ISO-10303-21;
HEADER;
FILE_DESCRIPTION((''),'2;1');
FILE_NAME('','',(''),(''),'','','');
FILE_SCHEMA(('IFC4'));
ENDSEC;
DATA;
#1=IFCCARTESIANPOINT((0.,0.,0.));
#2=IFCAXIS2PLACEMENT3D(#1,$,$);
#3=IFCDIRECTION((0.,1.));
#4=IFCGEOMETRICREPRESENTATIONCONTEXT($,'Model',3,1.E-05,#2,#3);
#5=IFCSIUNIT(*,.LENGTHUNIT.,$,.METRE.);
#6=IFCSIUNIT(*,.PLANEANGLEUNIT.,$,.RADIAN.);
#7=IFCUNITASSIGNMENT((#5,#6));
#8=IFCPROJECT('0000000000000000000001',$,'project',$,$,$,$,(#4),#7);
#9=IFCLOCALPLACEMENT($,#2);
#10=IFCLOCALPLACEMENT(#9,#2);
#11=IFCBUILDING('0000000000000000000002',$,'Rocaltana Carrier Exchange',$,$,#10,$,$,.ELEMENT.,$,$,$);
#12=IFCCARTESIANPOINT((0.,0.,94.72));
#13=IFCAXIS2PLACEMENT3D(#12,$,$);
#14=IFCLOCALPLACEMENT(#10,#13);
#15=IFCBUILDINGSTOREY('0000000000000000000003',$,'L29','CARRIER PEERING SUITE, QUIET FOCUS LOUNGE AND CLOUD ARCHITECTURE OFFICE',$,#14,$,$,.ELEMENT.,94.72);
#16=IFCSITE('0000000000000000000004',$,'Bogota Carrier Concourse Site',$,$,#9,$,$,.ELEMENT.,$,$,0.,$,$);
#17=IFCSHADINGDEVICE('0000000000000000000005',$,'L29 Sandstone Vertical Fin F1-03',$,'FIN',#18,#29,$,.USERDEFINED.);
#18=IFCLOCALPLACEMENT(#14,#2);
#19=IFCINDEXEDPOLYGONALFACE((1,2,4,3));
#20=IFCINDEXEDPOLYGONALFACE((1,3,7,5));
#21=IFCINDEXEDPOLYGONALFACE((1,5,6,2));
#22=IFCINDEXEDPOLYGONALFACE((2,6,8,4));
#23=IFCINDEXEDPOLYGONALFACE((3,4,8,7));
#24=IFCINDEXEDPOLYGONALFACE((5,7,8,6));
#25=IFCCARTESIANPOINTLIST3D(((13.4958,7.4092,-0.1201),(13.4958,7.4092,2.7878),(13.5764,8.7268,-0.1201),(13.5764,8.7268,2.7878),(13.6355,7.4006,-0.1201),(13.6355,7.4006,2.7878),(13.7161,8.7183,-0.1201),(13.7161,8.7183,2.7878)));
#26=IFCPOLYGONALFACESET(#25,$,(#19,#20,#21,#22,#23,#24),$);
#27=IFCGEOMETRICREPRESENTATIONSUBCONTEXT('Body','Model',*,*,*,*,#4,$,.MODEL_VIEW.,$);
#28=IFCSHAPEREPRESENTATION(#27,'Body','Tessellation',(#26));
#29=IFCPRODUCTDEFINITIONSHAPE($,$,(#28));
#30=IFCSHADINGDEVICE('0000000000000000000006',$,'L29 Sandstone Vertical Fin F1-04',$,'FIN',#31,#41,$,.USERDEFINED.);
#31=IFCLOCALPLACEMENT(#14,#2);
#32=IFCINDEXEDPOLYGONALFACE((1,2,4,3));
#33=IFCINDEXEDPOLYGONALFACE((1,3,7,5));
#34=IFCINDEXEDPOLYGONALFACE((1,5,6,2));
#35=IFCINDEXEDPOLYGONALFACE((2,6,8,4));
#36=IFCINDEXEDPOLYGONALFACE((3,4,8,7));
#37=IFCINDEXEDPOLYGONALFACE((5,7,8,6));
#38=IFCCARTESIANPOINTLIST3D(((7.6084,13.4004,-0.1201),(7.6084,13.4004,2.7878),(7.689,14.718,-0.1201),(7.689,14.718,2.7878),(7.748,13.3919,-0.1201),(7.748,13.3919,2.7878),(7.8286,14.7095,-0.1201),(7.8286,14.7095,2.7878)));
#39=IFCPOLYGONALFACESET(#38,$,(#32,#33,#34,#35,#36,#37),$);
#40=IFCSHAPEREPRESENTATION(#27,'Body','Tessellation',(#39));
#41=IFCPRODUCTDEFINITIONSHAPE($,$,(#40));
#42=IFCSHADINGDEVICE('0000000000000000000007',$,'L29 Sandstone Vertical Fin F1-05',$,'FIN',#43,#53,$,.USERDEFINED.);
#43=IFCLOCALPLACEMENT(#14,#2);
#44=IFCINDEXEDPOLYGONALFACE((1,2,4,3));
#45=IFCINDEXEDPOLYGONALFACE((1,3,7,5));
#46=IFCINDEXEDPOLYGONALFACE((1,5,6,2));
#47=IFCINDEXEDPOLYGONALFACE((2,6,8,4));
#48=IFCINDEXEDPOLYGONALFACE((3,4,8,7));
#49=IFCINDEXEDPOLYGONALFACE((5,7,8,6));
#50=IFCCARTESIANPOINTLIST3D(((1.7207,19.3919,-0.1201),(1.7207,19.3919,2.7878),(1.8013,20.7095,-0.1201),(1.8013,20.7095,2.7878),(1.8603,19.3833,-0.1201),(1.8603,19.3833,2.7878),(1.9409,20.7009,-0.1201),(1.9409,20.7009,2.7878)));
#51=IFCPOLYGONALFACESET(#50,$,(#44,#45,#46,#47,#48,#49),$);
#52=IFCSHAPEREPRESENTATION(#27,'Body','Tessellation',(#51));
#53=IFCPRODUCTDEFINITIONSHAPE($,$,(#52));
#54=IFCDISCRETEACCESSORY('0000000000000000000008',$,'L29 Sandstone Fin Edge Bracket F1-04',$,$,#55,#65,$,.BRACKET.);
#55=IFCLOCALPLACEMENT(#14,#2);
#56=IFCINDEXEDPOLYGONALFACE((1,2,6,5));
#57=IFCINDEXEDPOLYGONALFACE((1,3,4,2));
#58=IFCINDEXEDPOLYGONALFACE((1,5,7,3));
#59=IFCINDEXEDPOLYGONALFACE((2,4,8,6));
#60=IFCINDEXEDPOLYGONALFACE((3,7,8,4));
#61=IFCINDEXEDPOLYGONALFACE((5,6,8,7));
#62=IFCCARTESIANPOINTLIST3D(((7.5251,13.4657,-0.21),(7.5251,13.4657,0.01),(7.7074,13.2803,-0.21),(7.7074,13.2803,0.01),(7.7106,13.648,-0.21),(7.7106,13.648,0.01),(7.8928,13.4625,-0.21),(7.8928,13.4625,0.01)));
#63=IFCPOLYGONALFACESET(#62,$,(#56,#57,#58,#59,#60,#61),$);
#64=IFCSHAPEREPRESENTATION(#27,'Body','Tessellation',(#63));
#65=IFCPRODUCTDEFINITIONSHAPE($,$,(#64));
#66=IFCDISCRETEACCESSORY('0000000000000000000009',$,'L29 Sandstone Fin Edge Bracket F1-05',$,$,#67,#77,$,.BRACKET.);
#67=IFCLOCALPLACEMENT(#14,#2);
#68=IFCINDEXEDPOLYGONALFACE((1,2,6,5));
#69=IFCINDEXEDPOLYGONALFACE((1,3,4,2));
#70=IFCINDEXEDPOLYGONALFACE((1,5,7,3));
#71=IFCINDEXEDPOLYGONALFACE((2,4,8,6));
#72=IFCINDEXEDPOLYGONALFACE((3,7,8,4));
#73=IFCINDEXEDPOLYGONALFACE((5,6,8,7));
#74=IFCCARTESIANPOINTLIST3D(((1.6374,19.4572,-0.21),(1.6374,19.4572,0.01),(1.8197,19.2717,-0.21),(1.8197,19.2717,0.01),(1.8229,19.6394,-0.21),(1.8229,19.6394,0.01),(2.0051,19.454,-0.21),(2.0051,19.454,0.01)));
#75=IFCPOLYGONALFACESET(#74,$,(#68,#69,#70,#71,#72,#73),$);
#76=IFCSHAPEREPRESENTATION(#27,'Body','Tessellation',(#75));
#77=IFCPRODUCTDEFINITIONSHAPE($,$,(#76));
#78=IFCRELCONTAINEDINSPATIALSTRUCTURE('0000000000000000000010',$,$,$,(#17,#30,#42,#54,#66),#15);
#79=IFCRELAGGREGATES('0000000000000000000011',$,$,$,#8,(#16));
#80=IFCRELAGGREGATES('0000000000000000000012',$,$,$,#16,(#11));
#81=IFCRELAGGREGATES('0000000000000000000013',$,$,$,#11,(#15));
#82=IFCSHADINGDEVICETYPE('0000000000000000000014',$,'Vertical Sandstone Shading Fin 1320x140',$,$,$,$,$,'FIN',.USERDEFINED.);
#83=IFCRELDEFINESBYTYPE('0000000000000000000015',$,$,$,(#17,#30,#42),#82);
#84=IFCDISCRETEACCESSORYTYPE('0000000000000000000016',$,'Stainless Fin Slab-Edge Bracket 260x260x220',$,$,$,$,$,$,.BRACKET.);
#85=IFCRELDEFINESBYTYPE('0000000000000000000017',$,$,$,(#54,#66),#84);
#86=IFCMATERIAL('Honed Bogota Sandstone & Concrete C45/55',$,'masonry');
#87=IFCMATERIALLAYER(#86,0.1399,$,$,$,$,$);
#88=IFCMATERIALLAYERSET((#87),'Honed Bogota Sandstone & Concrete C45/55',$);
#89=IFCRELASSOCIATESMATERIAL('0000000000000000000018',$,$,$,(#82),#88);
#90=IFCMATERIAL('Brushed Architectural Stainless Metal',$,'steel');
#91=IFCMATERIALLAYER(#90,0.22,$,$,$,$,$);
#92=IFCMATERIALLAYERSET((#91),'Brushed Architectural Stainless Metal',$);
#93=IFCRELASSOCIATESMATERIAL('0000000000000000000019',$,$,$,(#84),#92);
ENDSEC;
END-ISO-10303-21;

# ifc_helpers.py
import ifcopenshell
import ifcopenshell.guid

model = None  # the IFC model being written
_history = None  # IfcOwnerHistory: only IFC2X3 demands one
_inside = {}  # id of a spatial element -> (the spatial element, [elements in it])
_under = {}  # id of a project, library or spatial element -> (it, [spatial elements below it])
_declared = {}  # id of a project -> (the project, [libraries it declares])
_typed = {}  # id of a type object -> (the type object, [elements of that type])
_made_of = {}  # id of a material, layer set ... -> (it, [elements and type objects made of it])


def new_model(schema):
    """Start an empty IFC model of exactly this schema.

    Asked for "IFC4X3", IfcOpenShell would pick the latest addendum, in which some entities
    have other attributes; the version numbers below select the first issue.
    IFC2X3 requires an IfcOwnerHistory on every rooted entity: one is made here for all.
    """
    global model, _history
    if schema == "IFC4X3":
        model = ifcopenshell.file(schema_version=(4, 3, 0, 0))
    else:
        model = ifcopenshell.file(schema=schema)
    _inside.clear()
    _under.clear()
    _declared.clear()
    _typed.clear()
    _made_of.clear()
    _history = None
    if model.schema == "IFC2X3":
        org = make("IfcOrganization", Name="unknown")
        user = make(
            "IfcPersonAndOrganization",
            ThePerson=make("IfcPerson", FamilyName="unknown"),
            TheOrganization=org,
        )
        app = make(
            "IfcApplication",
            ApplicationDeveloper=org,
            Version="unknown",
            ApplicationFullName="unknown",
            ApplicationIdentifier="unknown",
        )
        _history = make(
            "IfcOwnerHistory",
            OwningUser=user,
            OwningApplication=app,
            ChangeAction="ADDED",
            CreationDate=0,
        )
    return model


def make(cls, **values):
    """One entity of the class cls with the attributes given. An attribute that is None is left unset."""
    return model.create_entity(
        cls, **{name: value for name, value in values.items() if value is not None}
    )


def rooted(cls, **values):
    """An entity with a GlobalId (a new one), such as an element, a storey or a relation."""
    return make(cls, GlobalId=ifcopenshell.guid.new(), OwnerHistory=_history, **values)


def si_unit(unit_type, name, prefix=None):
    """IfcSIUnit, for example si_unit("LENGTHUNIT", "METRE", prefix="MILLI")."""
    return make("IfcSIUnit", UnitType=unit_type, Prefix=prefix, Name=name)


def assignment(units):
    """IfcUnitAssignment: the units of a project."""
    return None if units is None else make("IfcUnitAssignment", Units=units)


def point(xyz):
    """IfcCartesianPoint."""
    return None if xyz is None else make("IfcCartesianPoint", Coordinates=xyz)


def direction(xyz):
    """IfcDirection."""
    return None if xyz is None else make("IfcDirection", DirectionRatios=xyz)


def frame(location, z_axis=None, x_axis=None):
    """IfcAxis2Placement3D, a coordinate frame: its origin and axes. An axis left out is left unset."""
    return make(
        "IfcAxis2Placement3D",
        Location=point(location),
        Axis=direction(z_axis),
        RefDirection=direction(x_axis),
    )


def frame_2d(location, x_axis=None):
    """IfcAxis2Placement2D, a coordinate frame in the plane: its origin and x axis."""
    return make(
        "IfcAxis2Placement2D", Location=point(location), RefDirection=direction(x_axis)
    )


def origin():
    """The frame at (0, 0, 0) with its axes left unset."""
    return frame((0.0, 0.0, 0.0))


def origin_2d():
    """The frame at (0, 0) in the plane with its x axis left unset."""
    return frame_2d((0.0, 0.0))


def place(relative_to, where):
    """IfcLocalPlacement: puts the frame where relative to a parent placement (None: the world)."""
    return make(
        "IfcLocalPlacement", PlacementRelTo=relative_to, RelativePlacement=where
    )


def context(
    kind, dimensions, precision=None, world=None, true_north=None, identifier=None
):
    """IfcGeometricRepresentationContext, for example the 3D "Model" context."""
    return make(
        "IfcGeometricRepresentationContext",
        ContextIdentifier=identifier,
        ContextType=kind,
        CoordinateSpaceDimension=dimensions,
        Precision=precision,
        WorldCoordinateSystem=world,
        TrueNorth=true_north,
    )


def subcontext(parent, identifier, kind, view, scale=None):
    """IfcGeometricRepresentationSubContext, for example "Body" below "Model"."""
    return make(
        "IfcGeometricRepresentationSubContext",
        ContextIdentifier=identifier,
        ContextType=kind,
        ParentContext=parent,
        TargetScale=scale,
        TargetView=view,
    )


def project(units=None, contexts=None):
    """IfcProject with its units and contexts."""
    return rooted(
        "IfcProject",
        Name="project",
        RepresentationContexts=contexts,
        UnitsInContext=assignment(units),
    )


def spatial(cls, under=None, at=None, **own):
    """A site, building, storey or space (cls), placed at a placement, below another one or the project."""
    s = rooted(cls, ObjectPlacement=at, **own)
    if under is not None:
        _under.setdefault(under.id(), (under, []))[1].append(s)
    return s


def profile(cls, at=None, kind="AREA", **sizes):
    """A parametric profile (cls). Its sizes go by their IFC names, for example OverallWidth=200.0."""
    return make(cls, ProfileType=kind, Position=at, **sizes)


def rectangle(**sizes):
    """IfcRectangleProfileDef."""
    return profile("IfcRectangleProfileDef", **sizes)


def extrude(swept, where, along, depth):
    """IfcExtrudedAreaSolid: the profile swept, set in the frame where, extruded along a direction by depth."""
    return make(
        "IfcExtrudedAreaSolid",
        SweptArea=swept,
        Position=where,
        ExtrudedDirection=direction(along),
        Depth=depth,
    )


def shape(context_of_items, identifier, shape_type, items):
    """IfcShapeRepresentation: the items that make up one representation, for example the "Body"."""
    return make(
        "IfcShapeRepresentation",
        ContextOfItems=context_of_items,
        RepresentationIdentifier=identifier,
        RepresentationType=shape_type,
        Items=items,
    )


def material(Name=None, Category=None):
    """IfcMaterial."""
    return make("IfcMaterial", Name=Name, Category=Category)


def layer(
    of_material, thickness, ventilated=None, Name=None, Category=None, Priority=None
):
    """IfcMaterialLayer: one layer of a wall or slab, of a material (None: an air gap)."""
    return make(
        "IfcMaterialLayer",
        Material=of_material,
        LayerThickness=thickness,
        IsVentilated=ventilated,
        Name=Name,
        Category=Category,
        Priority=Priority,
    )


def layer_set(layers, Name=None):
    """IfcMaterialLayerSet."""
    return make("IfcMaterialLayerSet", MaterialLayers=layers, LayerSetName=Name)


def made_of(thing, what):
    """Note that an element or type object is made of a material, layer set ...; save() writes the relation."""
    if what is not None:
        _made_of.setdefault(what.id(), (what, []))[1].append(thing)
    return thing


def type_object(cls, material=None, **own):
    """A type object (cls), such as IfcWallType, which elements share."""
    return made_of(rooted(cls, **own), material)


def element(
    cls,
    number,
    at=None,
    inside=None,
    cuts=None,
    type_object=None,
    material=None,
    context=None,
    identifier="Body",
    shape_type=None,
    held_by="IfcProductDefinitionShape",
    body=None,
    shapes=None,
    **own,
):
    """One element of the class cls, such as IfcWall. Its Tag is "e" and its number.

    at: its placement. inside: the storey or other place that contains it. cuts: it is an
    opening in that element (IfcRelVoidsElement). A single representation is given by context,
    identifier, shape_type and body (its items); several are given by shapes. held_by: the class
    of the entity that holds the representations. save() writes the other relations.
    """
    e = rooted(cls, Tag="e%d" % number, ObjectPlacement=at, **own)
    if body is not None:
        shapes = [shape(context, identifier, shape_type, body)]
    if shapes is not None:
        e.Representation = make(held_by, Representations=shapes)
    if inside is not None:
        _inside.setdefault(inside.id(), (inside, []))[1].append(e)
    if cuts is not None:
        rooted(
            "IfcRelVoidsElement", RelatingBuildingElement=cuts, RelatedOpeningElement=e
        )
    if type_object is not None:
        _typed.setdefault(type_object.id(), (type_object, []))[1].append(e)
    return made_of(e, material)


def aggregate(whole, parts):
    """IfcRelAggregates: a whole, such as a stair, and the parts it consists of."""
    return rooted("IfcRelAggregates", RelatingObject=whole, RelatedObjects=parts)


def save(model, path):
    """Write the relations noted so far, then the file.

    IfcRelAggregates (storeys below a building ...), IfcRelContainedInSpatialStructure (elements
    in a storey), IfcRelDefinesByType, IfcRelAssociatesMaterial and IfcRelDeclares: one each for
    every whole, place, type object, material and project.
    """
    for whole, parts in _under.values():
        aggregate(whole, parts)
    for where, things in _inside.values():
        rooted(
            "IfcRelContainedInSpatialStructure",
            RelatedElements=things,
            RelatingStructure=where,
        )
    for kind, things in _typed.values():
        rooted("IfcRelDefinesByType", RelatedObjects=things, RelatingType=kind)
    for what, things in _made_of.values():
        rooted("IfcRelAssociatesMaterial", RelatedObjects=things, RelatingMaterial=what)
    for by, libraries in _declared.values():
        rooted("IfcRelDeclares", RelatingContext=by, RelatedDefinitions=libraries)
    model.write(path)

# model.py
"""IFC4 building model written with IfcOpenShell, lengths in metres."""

from ifc_helpers import new_model, si_unit, direction, frame, origin, origin_2d, place, context, subcontext, project, spatial, rectangle, extrude, material, layer, layer_set, type_object, element, save


model = new_model("IFC4")

# Units and contexts
model_context = context("Model", 3, precision=1e-05, world=origin(), true_north=direction((0.0, 1.0)))
body_context = subcontext(model_context, "Body", "Model", "MODEL_VIEW")
ifc_project = project(units=[si_unit("LENGTHUNIT", "METRE"), si_unit("PLANEANGLEUNIT", "RADIAN")], contexts=[model_context])

# Site, building, storey
site_placement = place(None, origin())
site = spatial("IfcSite", under=ifc_project, at=site_placement, Name="Bogota Carrier Concourse Site", CompositionType="ELEMENT", RefElevation=0.0)
building_placement = place(site_placement, origin())
building = spatial("IfcBuilding", under=site, at=building_placement, Name="Rocaltana Carrier Exchange", CompositionType="ELEMENT")
storey_placement = place(building_placement, frame((0.0, 0.0, 94.72)))
storey = spatial("IfcBuildingStorey", under=building, at=storey_placement, Name="L29", Description="CARRIER PEERING SUITE, QUIET FOCUS LOUNGE AND CLOUD ARCHITECTURE OFFICE", CompositionType="ELEMENT", Elevation=94.72)

# Shading devices
ifc_material_1 = material(Name="Honed Bogota Sandstone & Concrete C45/55", Category="masonry")
ifc_layer_1 = layer(ifc_material_1, 0.1399)
ifc_layer_set_1 = layer_set([ifc_layer_1], Name="Honed Bogota Sandstone & Concrete C45/55")
shading_device_type = type_object("IfcShadingDeviceType", Name="Vertical Sandstone Shading Fin 1320x140", ElementType="FIN", PredefinedType="USERDEFINED", material=ifc_layer_set_1)
for number, where, z_axis, x_axis, name in (
    (1, (13.606, 8.0637, -0.1201), (0.0, 0.0, 1.0), (0.061049, 0.998135, 0.0), "L29 Sandstone Vertical Fin F1-03"),
    (2, (7.7185, 14.0549, -0.1201), (0.0, 0.0, 1.0), (0.061049, 0.998135, 0.0), "L29 Sandstone Vertical Fin F1-04"),
    (3, (1.8308, 20.0464, -0.1201), (0.0, 0.0, 1.0), (0.061049, 0.998135, 0.0), "L29 Sandstone Vertical Fin F1-05"),
):
    element("IfcShadingDevice", number, at=place(storey_placement, frame(where, z_axis=z_axis, x_axis=x_axis)), inside=storey, type_object=shading_device_type, Name=name, ObjectType="FIN", PredefinedType="USERDEFINED", context=body_context, shape_type="SweptSolid", body=[
        extrude(rectangle(XDim=1.3201, YDim=0.1399, at=origin_2d()), origin(), (0.0, 0.0, 1.0), 2.908),
    ])

# Discrete accessories
ifc_material_2 = material(Name="Brushed Architectural Stainless Metal", Category="steel")
ifc_layer_2 = layer(ifc_material_2, 0.22)
ifc_layer_set_2 = layer_set([ifc_layer_2], Name="Brushed Architectural Stainless Metal")
discrete_accessory_type = type_object("IfcDiscreteAccessoryType", Name="Stainless Fin Slab-Edge Bracket 260x260x220", PredefinedType="BRACKET", material=ifc_layer_set_2)
for number, where, z_axis, x_axis, name in (
    (4, (7.709, 13.4641, -0.21), (0.0, 0.0, 1.0), (-0.700909, 0.71325, 0.0), "L29 Sandstone Fin Edge Bracket F1-04"),
    (5, (1.8213, 19.4556, -0.21), (0.0, 0.0, 1.0), (-0.700909, 0.71325, 0.0), "L29 Sandstone Fin Edge Bracket F1-05"),
):
    element("IfcDiscreteAccessory", number, at=place(storey_placement, frame(where, z_axis=z_axis, x_axis=x_axis)), inside=storey, type_object=discrete_accessory_type, Name=name, PredefinedType="BRACKET", context=body_context, shape_type="SweptSolid", body=[
        extrude(rectangle(XDim=0.26, YDim=0.26, at=origin_2d()), origin(), (0.0, 0.0, 1.0), 0.22),
    ])

save(model, "model.ifc")
